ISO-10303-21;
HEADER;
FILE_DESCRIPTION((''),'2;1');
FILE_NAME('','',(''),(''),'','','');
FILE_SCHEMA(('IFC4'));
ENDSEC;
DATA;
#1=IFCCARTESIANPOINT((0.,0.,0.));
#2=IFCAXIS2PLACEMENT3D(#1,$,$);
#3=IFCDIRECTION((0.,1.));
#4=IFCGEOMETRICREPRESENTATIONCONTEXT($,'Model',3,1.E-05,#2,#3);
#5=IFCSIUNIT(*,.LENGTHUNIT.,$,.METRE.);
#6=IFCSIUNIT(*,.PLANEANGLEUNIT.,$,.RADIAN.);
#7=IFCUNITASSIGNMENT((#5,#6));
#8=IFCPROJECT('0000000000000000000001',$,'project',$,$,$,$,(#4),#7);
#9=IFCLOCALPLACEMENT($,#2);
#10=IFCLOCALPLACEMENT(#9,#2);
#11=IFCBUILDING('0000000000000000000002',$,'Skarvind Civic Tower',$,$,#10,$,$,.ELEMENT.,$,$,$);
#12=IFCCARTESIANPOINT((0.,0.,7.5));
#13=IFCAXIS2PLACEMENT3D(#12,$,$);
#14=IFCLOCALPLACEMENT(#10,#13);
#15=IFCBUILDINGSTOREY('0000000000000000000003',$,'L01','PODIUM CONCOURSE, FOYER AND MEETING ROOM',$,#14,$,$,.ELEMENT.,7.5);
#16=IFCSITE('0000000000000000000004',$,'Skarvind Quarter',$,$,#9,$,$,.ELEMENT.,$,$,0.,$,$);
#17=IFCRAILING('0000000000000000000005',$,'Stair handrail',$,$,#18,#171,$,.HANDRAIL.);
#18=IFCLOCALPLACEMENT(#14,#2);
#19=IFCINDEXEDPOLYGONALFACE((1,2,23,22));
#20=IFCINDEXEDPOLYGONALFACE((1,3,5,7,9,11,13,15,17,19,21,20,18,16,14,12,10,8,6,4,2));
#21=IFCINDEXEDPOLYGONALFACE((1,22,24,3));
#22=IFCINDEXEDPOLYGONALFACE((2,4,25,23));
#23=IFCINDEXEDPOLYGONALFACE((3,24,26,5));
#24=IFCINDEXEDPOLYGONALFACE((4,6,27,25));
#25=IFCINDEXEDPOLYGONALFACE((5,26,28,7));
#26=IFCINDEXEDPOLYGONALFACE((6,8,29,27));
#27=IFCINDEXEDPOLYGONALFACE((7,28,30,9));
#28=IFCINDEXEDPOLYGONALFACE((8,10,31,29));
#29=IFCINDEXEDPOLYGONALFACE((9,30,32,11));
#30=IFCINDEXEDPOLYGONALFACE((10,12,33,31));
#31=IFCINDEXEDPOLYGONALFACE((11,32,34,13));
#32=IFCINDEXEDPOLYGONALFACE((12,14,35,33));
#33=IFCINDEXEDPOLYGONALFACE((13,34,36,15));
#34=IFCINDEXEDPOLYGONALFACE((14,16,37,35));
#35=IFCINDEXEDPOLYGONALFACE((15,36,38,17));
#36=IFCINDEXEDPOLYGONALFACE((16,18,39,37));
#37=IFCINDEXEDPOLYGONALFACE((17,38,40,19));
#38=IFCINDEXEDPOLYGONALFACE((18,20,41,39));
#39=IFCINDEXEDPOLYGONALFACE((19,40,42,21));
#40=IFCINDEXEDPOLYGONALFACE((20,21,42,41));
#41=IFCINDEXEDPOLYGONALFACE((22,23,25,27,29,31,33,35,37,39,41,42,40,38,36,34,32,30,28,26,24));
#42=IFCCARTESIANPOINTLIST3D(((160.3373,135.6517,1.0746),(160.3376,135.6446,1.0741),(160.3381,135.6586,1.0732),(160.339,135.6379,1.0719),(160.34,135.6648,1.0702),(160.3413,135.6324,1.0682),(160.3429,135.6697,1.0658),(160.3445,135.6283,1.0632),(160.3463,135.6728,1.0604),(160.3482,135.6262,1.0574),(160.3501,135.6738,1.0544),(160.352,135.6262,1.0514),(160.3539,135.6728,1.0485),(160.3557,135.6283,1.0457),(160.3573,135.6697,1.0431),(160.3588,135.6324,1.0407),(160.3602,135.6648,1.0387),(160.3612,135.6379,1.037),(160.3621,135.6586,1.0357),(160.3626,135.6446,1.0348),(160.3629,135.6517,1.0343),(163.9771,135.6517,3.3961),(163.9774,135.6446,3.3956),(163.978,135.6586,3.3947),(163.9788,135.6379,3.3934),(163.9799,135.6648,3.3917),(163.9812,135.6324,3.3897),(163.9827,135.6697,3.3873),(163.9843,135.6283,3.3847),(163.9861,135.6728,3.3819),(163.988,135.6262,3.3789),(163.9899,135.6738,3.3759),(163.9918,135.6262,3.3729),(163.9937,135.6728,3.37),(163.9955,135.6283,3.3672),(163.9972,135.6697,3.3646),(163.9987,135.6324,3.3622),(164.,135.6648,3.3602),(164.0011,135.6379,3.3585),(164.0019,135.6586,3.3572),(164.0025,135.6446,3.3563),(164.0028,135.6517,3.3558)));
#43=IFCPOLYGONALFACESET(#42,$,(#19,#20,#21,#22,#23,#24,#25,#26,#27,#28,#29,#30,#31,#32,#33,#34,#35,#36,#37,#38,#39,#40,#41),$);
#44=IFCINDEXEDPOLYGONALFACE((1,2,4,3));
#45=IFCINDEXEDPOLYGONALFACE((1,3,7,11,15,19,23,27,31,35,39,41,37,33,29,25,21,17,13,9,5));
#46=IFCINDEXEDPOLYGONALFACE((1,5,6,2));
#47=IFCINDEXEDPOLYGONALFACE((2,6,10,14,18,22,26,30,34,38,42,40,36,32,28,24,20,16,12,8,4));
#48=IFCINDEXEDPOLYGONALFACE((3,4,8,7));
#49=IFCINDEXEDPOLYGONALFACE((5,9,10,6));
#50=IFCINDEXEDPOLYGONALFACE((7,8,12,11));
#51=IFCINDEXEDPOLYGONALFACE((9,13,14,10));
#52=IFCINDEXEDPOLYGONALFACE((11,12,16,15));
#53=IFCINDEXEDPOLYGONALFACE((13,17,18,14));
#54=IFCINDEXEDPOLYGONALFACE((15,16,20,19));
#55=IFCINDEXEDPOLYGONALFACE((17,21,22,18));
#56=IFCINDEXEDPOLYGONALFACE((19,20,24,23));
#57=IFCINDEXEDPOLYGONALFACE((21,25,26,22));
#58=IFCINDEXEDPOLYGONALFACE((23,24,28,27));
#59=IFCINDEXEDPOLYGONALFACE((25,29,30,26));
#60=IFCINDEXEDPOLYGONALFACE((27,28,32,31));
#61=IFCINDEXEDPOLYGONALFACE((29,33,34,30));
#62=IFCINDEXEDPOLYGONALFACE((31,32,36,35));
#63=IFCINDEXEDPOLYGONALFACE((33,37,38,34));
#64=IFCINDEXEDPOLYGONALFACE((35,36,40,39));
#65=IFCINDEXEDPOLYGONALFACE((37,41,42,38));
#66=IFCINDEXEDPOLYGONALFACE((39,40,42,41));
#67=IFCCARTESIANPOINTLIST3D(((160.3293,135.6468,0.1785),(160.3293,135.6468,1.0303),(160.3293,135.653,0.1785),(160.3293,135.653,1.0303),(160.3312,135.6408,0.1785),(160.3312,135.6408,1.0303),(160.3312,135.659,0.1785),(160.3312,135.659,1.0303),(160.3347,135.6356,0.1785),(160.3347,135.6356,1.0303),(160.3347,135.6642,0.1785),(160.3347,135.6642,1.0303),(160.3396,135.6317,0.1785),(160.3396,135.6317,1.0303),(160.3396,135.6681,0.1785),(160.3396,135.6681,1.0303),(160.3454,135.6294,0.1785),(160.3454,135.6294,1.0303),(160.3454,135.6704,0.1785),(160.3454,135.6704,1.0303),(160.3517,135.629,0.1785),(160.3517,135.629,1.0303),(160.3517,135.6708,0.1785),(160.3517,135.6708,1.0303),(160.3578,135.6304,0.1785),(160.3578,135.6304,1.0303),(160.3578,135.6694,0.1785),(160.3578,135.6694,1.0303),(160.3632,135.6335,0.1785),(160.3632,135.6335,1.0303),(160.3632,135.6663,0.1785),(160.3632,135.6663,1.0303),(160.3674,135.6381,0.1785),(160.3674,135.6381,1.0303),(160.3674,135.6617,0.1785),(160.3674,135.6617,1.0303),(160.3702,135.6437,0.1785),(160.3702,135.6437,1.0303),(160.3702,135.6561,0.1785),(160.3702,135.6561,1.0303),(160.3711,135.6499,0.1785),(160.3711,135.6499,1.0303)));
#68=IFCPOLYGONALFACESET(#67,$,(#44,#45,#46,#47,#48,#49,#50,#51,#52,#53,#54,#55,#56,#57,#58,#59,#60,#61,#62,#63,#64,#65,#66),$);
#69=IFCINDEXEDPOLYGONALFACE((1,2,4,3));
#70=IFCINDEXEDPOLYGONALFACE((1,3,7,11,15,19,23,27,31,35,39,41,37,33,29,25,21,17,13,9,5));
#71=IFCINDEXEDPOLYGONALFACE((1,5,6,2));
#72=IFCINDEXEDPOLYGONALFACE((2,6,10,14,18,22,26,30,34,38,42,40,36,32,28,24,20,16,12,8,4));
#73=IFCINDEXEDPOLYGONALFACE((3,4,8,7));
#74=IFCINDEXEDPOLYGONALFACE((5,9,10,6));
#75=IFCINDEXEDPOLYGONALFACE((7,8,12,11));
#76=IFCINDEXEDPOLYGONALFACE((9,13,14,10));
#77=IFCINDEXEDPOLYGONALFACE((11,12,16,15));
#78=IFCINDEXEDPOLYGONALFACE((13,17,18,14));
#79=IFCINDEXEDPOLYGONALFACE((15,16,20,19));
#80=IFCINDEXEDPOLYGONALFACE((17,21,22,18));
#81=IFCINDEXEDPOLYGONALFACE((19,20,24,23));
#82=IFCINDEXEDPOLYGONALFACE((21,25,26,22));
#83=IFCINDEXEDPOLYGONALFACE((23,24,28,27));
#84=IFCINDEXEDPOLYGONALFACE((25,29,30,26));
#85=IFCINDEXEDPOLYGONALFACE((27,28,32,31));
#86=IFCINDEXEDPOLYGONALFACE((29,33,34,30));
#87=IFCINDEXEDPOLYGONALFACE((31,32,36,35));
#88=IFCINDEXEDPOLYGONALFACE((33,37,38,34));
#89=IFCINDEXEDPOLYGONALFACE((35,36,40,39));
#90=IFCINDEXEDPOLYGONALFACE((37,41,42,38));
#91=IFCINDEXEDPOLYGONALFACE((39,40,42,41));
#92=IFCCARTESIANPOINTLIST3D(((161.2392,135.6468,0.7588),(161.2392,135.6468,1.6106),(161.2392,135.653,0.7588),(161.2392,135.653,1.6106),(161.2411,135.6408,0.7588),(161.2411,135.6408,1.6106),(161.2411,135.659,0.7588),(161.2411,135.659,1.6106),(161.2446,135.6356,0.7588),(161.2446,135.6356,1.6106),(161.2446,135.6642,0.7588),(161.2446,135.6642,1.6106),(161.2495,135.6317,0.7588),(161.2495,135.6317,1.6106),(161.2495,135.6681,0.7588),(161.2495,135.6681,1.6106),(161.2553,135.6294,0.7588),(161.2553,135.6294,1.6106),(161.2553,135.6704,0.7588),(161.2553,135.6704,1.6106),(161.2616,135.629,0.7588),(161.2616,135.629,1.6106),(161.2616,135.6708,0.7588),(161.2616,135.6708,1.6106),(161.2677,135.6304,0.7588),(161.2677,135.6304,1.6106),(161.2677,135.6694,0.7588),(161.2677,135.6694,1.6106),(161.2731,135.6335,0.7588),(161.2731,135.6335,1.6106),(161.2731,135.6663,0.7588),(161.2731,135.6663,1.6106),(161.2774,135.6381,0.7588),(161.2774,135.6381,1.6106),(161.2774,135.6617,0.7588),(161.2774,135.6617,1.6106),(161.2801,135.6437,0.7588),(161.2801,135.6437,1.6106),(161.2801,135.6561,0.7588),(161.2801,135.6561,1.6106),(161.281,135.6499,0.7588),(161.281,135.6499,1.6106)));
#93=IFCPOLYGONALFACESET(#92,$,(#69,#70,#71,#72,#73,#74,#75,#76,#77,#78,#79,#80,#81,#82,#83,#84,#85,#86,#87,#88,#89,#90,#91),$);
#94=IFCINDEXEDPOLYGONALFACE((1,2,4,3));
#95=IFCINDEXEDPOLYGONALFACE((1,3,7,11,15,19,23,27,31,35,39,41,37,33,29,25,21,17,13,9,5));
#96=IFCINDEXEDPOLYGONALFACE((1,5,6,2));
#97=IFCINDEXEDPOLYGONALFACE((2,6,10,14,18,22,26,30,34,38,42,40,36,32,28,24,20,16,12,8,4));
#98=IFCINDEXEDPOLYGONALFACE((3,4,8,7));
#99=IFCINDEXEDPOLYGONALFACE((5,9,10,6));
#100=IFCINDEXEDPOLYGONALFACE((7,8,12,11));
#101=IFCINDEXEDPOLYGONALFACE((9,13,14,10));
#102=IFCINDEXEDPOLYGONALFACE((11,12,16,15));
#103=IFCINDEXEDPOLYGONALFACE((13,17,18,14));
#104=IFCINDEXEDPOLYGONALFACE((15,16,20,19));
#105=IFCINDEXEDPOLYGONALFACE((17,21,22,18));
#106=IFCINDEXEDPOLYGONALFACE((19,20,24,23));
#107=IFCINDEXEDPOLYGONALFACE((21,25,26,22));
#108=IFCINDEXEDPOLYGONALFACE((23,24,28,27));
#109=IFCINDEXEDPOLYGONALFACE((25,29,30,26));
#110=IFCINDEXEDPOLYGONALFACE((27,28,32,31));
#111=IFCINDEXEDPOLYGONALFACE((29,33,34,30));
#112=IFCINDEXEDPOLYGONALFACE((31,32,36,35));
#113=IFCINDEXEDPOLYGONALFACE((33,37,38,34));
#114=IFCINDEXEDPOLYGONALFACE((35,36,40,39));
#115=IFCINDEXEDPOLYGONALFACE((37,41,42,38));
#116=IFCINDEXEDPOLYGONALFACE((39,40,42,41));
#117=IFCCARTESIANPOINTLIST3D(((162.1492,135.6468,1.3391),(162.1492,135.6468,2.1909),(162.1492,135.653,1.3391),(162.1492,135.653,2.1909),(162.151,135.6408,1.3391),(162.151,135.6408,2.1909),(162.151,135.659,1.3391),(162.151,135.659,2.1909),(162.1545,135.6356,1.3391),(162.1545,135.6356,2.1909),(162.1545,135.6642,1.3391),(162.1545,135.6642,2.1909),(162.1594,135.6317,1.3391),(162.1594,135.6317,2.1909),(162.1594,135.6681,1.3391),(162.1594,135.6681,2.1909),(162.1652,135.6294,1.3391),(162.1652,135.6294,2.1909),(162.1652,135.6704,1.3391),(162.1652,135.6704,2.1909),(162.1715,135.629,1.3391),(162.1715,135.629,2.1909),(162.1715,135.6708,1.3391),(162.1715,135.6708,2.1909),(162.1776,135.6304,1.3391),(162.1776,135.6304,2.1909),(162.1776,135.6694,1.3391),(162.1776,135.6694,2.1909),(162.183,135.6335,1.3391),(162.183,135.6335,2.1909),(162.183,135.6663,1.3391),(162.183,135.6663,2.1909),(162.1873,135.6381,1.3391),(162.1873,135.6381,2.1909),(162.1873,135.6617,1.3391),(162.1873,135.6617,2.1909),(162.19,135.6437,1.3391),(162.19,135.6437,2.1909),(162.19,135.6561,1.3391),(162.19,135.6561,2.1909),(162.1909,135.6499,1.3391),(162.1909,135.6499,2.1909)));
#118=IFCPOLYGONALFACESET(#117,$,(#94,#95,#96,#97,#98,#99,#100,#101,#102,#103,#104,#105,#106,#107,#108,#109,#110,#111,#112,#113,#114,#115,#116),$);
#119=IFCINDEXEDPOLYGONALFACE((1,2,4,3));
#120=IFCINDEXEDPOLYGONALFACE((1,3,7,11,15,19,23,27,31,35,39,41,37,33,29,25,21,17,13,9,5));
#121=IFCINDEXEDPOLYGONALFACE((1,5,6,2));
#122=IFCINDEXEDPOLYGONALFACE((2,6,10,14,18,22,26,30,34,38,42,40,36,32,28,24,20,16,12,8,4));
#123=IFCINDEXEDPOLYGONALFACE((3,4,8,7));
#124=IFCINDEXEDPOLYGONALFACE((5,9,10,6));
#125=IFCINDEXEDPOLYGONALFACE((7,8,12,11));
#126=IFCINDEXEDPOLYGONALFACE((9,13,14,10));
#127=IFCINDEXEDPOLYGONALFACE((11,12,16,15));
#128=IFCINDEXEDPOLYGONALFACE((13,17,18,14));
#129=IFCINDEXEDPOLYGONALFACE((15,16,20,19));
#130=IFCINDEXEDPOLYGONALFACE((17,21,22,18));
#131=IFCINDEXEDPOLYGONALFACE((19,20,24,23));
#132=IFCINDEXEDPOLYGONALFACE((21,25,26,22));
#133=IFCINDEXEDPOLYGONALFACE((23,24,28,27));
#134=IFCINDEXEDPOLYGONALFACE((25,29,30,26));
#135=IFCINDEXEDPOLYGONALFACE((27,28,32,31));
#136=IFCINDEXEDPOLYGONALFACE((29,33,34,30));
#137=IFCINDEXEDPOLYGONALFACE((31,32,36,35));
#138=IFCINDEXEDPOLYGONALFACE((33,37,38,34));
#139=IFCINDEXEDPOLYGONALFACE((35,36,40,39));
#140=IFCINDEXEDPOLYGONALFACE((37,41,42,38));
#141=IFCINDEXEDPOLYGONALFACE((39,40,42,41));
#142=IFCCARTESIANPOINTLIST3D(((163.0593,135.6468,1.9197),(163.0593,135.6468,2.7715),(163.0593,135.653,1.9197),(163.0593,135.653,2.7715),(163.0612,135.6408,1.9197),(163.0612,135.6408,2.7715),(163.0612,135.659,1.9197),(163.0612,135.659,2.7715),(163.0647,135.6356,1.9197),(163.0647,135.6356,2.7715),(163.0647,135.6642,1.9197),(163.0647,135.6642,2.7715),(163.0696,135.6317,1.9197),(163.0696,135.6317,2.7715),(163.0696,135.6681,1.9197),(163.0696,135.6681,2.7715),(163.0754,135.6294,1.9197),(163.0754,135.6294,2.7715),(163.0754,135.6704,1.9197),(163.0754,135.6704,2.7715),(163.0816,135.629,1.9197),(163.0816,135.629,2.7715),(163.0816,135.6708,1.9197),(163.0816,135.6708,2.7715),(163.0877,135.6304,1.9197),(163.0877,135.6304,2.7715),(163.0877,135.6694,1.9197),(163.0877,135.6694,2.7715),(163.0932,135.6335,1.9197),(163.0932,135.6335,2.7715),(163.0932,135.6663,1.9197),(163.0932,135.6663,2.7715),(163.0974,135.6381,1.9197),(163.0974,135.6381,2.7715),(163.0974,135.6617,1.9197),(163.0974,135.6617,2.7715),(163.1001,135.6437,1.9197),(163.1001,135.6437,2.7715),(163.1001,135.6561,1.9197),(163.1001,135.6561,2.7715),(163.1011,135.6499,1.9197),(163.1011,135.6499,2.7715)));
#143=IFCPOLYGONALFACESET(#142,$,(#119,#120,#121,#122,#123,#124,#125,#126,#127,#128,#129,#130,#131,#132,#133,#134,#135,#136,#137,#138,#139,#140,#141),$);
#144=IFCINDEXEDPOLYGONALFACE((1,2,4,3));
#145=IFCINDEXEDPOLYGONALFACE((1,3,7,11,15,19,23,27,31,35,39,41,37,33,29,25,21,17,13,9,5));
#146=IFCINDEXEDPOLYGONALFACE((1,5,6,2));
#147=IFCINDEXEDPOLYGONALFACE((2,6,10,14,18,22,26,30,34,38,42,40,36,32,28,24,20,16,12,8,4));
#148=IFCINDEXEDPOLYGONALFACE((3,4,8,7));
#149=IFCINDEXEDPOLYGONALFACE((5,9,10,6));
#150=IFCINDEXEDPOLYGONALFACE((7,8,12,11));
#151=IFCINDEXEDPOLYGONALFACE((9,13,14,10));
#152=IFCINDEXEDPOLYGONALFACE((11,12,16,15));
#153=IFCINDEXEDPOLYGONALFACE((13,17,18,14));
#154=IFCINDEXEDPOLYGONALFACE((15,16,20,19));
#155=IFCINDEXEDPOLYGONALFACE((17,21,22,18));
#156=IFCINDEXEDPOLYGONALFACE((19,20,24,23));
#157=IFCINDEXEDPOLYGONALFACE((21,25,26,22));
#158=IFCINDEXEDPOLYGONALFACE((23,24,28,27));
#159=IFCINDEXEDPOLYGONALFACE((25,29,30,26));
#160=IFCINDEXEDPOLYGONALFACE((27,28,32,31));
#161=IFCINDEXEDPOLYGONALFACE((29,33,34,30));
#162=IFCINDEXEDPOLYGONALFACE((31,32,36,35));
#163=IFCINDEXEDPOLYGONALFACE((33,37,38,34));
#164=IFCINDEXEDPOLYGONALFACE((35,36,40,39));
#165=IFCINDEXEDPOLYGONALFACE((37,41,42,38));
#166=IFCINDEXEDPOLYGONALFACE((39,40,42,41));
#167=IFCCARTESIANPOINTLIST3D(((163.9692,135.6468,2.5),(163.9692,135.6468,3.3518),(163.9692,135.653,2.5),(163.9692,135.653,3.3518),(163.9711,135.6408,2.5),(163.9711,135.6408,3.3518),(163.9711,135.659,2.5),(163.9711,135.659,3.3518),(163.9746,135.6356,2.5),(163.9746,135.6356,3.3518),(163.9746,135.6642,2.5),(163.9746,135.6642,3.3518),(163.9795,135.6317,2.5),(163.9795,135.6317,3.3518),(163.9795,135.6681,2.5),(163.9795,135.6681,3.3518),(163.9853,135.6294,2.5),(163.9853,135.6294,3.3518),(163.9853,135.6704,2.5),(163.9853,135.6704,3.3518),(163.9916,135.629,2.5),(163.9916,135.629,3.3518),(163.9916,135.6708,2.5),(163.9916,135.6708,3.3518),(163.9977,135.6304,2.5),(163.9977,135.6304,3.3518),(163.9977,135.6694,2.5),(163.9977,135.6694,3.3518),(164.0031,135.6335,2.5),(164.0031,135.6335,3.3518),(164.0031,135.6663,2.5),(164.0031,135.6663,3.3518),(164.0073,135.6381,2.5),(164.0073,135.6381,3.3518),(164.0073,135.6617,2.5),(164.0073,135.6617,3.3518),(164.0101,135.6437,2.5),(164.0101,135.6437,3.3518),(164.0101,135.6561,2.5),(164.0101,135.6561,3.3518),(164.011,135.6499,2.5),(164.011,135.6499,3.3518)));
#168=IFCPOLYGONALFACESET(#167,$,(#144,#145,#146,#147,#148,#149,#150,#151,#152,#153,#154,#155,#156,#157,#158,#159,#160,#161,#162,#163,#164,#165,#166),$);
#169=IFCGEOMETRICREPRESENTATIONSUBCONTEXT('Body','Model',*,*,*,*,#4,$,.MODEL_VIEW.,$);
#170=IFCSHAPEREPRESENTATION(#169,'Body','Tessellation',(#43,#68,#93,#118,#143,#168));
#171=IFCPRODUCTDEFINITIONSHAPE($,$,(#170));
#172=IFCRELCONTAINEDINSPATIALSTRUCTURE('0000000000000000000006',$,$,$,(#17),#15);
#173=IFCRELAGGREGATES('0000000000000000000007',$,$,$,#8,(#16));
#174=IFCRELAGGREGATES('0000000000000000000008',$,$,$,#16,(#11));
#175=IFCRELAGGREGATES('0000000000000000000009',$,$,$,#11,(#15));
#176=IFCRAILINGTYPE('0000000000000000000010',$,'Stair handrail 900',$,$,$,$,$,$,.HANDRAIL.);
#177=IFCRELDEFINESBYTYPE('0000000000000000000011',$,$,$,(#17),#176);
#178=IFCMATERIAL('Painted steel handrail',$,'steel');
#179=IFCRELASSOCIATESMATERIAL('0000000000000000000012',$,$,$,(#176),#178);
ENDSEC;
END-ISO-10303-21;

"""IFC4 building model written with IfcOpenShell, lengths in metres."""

from ifc_helpers import new_model, si_unit, direction, frame, origin, origin_2d, place, context, subcontext, project, spatial, circle, extrude, material, type_object, element, save


model = new_model("IFC4")

# Units and contexts
model_context = context("Model", 3, precision=1e-05, world=origin(), true_north=direction((0.0, 1.0)))
body_context = subcontext(model_context, "Body", "Model", "MODEL_VIEW")
ifc_project = project(units=[si_unit("LENGTHUNIT", "METRE"), si_unit("PLANEANGLEUNIT", "RADIAN")], contexts=[model_context])

# Site, building, storey
site_placement = place(None, origin())
site = spatial("IfcSite", under=ifc_project, at=site_placement, Name="Skarvind Quarter", CompositionType="ELEMENT", RefElevation=0.0)
building_placement = place(site_placement, origin())
building = spatial("IfcBuilding", under=site, at=building_placement, Name="Skarvind Civic Tower", CompositionType="ELEMENT")
storey_placement = place(building_placement, frame((0.0, 0.0, 7.5)))
storey = spatial("IfcBuildingStorey", under=building, at=storey_placement, Name="L01", Description="PODIUM CONCOURSE, FOYER AND MEETING ROOM", CompositionType="ELEMENT", Elevation=7.5)

# Railing
ifc_material_1 = material(Name="Painted steel handrail", Category="steel")
railing_type = type_object("IfcRailingType", Name="Stair handrail 900", PredefinedType="HANDRAIL", material=ifc_material_1)
railing_placement = place(storey_placement, frame((160.3501, 135.6499, 0.1785)))
element("IfcRailing", 1, at=railing_placement, inside=storey, type_object=railing_type, Name="Stair handrail", PredefinedType="HANDRAIL", context=body_context, shape_type="SweptSolid", body=[
    extrude(circle(Radius=0.0239, at=origin_2d()), frame((0.0, 0.0, 0.876), z_axis=(0.843112, 0.0, 0.537739), x_axis=(0.0, 1.0, 0.0)), (0.0, 0.0, 1.0), 4.3171),
    extrude(circle(Radius=0.021, at=origin_2d()), origin(), (0.0, 0.0, 1.0), 0.8518),
    extrude(circle(Radius=0.021, at=origin_2d()), frame((0.9099, 0.0, 0.5803)), (0.0, 0.0, 1.0), 0.8518),
    extrude(circle(Radius=0.021, at=origin_2d()), frame((1.8198, 0.0, 1.1606)), (0.0, 0.0, 1.0), 0.8518),
    extrude(circle(Radius=0.021, at=origin_2d()), frame((2.73, 0.0, 1.7412)), (0.0, 0.0, 1.0), 0.8518),
    extrude(circle(Radius=0.021, at=origin_2d()), frame((3.6399, 0.0, 2.3215)), (0.0, 0.0, 1.0), 0.8518),
])

save(model, "model.ifc")
